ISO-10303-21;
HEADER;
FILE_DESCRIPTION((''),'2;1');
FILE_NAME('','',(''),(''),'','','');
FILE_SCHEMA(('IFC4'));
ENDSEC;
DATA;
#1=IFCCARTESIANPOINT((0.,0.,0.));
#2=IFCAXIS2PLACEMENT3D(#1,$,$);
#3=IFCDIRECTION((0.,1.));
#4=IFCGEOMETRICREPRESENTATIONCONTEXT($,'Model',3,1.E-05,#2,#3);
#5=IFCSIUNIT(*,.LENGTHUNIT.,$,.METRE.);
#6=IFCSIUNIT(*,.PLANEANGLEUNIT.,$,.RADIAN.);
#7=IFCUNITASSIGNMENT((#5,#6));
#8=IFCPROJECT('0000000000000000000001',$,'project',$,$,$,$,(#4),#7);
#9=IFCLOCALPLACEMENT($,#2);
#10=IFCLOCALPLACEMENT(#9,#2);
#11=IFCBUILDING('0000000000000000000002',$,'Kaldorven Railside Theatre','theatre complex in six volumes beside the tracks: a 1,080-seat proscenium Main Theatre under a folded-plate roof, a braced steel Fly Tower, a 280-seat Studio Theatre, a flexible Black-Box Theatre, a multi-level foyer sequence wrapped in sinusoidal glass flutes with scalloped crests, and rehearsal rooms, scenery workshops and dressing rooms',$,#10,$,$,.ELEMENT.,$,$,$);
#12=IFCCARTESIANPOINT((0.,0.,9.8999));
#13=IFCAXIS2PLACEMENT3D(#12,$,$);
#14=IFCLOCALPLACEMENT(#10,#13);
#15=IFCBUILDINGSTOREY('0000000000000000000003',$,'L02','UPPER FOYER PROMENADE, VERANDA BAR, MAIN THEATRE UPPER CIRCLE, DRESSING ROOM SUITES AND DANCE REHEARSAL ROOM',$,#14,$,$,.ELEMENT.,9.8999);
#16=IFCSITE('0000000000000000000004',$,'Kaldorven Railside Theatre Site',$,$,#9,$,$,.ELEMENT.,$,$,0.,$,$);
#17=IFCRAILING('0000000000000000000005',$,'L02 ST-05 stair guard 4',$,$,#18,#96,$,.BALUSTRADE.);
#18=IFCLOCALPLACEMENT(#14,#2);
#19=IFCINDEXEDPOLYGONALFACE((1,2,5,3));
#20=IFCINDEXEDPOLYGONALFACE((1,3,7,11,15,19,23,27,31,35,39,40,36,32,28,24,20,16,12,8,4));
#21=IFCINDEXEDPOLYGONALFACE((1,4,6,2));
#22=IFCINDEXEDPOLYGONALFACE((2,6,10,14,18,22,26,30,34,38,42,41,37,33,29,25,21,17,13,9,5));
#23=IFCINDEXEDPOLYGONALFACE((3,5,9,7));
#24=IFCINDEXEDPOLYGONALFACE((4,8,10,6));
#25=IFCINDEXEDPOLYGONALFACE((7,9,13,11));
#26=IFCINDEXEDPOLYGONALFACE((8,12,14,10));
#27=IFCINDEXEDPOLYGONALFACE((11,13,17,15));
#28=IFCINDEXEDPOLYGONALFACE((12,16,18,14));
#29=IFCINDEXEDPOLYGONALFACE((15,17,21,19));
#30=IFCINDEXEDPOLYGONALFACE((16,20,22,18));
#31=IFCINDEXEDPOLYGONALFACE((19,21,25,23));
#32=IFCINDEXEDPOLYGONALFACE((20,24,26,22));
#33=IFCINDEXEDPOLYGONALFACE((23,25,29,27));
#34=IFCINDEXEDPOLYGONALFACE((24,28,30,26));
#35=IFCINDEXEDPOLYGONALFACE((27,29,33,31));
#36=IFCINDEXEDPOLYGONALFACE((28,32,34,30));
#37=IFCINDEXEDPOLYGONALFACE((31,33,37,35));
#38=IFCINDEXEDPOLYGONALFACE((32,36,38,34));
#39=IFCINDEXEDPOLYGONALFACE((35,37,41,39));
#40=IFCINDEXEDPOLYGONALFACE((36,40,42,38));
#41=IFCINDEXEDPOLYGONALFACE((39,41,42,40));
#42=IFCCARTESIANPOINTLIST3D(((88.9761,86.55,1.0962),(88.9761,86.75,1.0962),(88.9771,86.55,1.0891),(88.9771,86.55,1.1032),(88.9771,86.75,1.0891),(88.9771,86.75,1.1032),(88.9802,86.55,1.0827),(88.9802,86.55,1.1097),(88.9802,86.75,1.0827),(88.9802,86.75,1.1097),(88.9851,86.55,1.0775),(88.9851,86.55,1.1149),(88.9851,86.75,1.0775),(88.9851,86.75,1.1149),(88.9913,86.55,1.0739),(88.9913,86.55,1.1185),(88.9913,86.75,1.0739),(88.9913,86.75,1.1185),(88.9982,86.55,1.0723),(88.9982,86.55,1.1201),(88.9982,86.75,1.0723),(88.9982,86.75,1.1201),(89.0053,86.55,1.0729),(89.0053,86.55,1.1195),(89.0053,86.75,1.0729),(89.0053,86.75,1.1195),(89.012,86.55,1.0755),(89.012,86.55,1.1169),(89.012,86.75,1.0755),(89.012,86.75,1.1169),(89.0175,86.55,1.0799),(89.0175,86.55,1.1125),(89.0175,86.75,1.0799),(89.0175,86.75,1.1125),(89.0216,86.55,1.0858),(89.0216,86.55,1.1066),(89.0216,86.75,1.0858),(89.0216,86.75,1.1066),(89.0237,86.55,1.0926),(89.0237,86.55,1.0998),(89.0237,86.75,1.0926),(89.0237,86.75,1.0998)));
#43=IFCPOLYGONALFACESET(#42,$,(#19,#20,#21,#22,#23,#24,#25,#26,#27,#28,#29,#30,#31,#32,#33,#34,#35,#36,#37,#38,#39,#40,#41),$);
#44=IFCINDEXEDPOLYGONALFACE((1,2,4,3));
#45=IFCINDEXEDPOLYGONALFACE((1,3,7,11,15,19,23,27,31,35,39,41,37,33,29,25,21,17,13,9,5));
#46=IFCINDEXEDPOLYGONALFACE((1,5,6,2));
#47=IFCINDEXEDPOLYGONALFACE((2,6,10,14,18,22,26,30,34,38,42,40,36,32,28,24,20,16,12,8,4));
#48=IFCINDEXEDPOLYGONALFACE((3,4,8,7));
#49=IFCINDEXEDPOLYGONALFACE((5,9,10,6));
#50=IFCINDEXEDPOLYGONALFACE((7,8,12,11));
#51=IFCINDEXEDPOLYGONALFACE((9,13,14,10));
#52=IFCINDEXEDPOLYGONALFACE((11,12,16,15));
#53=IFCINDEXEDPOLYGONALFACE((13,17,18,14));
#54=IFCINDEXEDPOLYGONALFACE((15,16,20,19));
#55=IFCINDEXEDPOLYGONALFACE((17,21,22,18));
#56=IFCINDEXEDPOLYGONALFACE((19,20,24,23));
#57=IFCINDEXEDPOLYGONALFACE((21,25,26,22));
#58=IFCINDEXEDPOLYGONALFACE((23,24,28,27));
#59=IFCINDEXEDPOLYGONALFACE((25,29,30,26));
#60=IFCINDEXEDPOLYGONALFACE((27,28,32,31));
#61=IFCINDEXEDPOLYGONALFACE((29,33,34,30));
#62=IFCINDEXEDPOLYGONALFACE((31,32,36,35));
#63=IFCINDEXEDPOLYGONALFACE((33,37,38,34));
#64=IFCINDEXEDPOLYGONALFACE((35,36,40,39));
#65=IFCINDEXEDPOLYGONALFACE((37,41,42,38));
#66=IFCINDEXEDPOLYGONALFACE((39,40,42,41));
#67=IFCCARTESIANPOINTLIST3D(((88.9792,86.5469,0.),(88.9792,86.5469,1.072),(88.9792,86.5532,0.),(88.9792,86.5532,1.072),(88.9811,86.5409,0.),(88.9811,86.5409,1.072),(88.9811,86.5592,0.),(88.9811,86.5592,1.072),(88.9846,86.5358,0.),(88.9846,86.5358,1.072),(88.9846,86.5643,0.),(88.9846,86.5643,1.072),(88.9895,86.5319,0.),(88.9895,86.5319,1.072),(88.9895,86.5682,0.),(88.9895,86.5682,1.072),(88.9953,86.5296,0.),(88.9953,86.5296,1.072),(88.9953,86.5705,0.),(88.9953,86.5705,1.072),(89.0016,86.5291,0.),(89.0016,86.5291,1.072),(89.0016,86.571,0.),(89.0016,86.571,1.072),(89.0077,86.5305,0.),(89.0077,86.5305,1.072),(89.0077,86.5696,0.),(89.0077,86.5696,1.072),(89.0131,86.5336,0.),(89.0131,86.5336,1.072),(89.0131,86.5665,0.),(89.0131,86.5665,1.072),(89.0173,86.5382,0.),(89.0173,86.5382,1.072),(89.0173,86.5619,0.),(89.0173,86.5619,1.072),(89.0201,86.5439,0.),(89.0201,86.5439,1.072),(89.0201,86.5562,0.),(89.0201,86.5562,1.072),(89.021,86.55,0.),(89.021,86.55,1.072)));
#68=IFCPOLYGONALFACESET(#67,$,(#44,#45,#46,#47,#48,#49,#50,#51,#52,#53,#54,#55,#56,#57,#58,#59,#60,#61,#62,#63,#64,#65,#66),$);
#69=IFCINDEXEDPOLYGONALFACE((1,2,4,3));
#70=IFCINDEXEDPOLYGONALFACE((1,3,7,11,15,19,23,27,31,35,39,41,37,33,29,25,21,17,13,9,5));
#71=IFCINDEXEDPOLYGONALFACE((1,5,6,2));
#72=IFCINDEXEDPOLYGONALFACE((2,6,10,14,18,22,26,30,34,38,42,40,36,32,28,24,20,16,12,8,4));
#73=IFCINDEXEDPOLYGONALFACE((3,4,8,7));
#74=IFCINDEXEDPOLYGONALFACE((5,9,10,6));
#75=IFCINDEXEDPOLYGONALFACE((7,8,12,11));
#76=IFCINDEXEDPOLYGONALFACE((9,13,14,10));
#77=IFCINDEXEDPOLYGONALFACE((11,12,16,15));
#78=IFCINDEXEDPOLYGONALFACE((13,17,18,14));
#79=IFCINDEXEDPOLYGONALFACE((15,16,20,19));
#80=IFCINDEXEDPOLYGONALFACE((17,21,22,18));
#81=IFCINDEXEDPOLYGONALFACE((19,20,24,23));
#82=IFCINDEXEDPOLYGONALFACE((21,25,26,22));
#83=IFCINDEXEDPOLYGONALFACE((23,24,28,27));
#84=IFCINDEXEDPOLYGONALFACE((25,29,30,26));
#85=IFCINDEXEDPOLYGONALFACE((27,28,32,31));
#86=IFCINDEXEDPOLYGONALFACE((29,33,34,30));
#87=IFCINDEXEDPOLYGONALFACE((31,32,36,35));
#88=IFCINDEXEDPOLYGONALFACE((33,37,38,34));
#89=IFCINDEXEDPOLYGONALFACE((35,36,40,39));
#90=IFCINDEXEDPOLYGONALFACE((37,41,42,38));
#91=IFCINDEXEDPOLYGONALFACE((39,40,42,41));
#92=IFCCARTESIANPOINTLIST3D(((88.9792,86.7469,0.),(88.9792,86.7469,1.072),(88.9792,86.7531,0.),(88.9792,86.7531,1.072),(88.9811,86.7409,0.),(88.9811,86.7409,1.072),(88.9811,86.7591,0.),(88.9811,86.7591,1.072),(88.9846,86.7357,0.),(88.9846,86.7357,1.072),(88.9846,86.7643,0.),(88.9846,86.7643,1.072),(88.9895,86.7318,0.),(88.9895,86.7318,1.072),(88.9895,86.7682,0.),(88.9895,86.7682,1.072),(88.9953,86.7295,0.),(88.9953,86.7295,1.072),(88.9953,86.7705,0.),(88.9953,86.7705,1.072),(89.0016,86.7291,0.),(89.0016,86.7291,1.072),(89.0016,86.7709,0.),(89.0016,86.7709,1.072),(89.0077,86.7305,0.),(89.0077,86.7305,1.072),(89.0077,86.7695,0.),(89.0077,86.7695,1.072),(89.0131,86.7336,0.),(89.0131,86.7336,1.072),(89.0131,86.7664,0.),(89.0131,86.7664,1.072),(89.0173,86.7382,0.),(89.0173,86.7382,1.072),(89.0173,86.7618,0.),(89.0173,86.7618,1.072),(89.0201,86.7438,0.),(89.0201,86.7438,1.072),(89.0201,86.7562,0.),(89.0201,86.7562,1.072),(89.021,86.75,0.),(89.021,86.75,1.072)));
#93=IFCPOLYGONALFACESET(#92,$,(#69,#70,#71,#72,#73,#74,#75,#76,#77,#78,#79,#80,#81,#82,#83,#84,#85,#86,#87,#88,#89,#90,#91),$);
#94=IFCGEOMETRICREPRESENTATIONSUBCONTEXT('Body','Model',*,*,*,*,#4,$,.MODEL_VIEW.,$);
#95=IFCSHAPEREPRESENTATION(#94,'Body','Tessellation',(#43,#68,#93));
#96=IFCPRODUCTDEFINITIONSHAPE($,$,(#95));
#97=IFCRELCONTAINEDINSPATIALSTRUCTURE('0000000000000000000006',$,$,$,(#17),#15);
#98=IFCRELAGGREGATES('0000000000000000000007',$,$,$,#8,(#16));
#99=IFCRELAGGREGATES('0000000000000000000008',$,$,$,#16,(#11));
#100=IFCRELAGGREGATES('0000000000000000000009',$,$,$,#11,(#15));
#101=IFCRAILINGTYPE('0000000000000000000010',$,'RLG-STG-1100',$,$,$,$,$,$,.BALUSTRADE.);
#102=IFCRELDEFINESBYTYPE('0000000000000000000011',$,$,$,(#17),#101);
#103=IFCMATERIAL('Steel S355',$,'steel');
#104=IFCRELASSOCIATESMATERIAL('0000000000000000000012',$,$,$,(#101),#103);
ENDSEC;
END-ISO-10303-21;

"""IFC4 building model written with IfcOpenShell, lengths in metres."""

from ifc_helpers import new_model, si_unit, direction, frame, origin, origin_2d, place, context, subcontext, project, spatial, circle, extrude, material, type_object, element, save


model = new_model("IFC4")

# Units and contexts
model_context = context("Model", 3, precision=1e-05, world=origin(), true_north=direction((0.0, 1.0)))
body_context = subcontext(model_context, "Body", "Model", "MODEL_VIEW")
ifc_project = project(units=[si_unit("LENGTHUNIT", "METRE"), si_unit("PLANEANGLEUNIT", "RADIAN")], contexts=[model_context])

# Site, building, storey
site_placement = place(None, origin())
site = spatial("IfcSite", under=ifc_project, at=site_placement, Name="Kaldorven Railside Theatre Site", CompositionType="ELEMENT", RefElevation=0.0)
building_placement = place(site_placement, origin())
building = spatial("IfcBuilding", under=site, at=building_placement, Name="Kaldorven Railside Theatre", Description="theatre complex in six volumes beside the tracks: a 1,080-seat proscenium Main Theatre under a folded-plate roof, a braced steel Fly Tower, a 280-seat Studio Theatre, a flexible Black-Box Theatre, a multi-level foyer sequence wrapped in sinusoidal glass flutes with scalloped crests, and rehearsal rooms, scenery workshops and dressing rooms", CompositionType="ELEMENT")
storey_placement = place(building_placement, frame((0.0, 0.0, 9.8999)))
storey = spatial("IfcBuildingStorey", under=building, at=storey_placement, Name="L02", Description="UPPER FOYER PROMENADE, VERANDA BAR, MAIN THEATRE UPPER CIRCLE, DRESSING ROOM SUITES AND DANCE REHEARSAL ROOM", CompositionType="ELEMENT", Elevation=9.8999)

# Shared definitions
ifc_material_1 = material(Name="Steel S355", Category="steel")

# Railing
railing_type = type_object("IfcRailingType", Name="RLG-STG-1100", PredefinedType="BALUSTRADE", material=ifc_material_1)
railing_1_placement = place(storey_placement, frame((89.0, 86.55, 0.0)))
element("IfcRailing", 1, at=railing_1_placement, inside=storey, type_object=railing_type, Name="L02 ST-05 stair guard 4", PredefinedType="BALUSTRADE", context=body_context, shape_type="SweptSolid", body=[
    extrude(circle(Radius=0.0239, at=origin_2d()), frame((0.0, 0.0, 1.0962), z_axis=(0.0, 1.0, 0.0), x_axis=(-1.0, 0.0, 0.0)), (0.0, 0.0, 1.0), 0.2),
    extrude(circle(Radius=0.021, at=origin_2d()), origin(), (0.0, 0.0, 1.0), 1.072),
    extrude(circle(Radius=0.021, at=origin_2d()), frame((0.0, 0.2, 0.0)), (0.0, 0.0, 1.0), 1.072),
])

save(model, "model.ifc")
